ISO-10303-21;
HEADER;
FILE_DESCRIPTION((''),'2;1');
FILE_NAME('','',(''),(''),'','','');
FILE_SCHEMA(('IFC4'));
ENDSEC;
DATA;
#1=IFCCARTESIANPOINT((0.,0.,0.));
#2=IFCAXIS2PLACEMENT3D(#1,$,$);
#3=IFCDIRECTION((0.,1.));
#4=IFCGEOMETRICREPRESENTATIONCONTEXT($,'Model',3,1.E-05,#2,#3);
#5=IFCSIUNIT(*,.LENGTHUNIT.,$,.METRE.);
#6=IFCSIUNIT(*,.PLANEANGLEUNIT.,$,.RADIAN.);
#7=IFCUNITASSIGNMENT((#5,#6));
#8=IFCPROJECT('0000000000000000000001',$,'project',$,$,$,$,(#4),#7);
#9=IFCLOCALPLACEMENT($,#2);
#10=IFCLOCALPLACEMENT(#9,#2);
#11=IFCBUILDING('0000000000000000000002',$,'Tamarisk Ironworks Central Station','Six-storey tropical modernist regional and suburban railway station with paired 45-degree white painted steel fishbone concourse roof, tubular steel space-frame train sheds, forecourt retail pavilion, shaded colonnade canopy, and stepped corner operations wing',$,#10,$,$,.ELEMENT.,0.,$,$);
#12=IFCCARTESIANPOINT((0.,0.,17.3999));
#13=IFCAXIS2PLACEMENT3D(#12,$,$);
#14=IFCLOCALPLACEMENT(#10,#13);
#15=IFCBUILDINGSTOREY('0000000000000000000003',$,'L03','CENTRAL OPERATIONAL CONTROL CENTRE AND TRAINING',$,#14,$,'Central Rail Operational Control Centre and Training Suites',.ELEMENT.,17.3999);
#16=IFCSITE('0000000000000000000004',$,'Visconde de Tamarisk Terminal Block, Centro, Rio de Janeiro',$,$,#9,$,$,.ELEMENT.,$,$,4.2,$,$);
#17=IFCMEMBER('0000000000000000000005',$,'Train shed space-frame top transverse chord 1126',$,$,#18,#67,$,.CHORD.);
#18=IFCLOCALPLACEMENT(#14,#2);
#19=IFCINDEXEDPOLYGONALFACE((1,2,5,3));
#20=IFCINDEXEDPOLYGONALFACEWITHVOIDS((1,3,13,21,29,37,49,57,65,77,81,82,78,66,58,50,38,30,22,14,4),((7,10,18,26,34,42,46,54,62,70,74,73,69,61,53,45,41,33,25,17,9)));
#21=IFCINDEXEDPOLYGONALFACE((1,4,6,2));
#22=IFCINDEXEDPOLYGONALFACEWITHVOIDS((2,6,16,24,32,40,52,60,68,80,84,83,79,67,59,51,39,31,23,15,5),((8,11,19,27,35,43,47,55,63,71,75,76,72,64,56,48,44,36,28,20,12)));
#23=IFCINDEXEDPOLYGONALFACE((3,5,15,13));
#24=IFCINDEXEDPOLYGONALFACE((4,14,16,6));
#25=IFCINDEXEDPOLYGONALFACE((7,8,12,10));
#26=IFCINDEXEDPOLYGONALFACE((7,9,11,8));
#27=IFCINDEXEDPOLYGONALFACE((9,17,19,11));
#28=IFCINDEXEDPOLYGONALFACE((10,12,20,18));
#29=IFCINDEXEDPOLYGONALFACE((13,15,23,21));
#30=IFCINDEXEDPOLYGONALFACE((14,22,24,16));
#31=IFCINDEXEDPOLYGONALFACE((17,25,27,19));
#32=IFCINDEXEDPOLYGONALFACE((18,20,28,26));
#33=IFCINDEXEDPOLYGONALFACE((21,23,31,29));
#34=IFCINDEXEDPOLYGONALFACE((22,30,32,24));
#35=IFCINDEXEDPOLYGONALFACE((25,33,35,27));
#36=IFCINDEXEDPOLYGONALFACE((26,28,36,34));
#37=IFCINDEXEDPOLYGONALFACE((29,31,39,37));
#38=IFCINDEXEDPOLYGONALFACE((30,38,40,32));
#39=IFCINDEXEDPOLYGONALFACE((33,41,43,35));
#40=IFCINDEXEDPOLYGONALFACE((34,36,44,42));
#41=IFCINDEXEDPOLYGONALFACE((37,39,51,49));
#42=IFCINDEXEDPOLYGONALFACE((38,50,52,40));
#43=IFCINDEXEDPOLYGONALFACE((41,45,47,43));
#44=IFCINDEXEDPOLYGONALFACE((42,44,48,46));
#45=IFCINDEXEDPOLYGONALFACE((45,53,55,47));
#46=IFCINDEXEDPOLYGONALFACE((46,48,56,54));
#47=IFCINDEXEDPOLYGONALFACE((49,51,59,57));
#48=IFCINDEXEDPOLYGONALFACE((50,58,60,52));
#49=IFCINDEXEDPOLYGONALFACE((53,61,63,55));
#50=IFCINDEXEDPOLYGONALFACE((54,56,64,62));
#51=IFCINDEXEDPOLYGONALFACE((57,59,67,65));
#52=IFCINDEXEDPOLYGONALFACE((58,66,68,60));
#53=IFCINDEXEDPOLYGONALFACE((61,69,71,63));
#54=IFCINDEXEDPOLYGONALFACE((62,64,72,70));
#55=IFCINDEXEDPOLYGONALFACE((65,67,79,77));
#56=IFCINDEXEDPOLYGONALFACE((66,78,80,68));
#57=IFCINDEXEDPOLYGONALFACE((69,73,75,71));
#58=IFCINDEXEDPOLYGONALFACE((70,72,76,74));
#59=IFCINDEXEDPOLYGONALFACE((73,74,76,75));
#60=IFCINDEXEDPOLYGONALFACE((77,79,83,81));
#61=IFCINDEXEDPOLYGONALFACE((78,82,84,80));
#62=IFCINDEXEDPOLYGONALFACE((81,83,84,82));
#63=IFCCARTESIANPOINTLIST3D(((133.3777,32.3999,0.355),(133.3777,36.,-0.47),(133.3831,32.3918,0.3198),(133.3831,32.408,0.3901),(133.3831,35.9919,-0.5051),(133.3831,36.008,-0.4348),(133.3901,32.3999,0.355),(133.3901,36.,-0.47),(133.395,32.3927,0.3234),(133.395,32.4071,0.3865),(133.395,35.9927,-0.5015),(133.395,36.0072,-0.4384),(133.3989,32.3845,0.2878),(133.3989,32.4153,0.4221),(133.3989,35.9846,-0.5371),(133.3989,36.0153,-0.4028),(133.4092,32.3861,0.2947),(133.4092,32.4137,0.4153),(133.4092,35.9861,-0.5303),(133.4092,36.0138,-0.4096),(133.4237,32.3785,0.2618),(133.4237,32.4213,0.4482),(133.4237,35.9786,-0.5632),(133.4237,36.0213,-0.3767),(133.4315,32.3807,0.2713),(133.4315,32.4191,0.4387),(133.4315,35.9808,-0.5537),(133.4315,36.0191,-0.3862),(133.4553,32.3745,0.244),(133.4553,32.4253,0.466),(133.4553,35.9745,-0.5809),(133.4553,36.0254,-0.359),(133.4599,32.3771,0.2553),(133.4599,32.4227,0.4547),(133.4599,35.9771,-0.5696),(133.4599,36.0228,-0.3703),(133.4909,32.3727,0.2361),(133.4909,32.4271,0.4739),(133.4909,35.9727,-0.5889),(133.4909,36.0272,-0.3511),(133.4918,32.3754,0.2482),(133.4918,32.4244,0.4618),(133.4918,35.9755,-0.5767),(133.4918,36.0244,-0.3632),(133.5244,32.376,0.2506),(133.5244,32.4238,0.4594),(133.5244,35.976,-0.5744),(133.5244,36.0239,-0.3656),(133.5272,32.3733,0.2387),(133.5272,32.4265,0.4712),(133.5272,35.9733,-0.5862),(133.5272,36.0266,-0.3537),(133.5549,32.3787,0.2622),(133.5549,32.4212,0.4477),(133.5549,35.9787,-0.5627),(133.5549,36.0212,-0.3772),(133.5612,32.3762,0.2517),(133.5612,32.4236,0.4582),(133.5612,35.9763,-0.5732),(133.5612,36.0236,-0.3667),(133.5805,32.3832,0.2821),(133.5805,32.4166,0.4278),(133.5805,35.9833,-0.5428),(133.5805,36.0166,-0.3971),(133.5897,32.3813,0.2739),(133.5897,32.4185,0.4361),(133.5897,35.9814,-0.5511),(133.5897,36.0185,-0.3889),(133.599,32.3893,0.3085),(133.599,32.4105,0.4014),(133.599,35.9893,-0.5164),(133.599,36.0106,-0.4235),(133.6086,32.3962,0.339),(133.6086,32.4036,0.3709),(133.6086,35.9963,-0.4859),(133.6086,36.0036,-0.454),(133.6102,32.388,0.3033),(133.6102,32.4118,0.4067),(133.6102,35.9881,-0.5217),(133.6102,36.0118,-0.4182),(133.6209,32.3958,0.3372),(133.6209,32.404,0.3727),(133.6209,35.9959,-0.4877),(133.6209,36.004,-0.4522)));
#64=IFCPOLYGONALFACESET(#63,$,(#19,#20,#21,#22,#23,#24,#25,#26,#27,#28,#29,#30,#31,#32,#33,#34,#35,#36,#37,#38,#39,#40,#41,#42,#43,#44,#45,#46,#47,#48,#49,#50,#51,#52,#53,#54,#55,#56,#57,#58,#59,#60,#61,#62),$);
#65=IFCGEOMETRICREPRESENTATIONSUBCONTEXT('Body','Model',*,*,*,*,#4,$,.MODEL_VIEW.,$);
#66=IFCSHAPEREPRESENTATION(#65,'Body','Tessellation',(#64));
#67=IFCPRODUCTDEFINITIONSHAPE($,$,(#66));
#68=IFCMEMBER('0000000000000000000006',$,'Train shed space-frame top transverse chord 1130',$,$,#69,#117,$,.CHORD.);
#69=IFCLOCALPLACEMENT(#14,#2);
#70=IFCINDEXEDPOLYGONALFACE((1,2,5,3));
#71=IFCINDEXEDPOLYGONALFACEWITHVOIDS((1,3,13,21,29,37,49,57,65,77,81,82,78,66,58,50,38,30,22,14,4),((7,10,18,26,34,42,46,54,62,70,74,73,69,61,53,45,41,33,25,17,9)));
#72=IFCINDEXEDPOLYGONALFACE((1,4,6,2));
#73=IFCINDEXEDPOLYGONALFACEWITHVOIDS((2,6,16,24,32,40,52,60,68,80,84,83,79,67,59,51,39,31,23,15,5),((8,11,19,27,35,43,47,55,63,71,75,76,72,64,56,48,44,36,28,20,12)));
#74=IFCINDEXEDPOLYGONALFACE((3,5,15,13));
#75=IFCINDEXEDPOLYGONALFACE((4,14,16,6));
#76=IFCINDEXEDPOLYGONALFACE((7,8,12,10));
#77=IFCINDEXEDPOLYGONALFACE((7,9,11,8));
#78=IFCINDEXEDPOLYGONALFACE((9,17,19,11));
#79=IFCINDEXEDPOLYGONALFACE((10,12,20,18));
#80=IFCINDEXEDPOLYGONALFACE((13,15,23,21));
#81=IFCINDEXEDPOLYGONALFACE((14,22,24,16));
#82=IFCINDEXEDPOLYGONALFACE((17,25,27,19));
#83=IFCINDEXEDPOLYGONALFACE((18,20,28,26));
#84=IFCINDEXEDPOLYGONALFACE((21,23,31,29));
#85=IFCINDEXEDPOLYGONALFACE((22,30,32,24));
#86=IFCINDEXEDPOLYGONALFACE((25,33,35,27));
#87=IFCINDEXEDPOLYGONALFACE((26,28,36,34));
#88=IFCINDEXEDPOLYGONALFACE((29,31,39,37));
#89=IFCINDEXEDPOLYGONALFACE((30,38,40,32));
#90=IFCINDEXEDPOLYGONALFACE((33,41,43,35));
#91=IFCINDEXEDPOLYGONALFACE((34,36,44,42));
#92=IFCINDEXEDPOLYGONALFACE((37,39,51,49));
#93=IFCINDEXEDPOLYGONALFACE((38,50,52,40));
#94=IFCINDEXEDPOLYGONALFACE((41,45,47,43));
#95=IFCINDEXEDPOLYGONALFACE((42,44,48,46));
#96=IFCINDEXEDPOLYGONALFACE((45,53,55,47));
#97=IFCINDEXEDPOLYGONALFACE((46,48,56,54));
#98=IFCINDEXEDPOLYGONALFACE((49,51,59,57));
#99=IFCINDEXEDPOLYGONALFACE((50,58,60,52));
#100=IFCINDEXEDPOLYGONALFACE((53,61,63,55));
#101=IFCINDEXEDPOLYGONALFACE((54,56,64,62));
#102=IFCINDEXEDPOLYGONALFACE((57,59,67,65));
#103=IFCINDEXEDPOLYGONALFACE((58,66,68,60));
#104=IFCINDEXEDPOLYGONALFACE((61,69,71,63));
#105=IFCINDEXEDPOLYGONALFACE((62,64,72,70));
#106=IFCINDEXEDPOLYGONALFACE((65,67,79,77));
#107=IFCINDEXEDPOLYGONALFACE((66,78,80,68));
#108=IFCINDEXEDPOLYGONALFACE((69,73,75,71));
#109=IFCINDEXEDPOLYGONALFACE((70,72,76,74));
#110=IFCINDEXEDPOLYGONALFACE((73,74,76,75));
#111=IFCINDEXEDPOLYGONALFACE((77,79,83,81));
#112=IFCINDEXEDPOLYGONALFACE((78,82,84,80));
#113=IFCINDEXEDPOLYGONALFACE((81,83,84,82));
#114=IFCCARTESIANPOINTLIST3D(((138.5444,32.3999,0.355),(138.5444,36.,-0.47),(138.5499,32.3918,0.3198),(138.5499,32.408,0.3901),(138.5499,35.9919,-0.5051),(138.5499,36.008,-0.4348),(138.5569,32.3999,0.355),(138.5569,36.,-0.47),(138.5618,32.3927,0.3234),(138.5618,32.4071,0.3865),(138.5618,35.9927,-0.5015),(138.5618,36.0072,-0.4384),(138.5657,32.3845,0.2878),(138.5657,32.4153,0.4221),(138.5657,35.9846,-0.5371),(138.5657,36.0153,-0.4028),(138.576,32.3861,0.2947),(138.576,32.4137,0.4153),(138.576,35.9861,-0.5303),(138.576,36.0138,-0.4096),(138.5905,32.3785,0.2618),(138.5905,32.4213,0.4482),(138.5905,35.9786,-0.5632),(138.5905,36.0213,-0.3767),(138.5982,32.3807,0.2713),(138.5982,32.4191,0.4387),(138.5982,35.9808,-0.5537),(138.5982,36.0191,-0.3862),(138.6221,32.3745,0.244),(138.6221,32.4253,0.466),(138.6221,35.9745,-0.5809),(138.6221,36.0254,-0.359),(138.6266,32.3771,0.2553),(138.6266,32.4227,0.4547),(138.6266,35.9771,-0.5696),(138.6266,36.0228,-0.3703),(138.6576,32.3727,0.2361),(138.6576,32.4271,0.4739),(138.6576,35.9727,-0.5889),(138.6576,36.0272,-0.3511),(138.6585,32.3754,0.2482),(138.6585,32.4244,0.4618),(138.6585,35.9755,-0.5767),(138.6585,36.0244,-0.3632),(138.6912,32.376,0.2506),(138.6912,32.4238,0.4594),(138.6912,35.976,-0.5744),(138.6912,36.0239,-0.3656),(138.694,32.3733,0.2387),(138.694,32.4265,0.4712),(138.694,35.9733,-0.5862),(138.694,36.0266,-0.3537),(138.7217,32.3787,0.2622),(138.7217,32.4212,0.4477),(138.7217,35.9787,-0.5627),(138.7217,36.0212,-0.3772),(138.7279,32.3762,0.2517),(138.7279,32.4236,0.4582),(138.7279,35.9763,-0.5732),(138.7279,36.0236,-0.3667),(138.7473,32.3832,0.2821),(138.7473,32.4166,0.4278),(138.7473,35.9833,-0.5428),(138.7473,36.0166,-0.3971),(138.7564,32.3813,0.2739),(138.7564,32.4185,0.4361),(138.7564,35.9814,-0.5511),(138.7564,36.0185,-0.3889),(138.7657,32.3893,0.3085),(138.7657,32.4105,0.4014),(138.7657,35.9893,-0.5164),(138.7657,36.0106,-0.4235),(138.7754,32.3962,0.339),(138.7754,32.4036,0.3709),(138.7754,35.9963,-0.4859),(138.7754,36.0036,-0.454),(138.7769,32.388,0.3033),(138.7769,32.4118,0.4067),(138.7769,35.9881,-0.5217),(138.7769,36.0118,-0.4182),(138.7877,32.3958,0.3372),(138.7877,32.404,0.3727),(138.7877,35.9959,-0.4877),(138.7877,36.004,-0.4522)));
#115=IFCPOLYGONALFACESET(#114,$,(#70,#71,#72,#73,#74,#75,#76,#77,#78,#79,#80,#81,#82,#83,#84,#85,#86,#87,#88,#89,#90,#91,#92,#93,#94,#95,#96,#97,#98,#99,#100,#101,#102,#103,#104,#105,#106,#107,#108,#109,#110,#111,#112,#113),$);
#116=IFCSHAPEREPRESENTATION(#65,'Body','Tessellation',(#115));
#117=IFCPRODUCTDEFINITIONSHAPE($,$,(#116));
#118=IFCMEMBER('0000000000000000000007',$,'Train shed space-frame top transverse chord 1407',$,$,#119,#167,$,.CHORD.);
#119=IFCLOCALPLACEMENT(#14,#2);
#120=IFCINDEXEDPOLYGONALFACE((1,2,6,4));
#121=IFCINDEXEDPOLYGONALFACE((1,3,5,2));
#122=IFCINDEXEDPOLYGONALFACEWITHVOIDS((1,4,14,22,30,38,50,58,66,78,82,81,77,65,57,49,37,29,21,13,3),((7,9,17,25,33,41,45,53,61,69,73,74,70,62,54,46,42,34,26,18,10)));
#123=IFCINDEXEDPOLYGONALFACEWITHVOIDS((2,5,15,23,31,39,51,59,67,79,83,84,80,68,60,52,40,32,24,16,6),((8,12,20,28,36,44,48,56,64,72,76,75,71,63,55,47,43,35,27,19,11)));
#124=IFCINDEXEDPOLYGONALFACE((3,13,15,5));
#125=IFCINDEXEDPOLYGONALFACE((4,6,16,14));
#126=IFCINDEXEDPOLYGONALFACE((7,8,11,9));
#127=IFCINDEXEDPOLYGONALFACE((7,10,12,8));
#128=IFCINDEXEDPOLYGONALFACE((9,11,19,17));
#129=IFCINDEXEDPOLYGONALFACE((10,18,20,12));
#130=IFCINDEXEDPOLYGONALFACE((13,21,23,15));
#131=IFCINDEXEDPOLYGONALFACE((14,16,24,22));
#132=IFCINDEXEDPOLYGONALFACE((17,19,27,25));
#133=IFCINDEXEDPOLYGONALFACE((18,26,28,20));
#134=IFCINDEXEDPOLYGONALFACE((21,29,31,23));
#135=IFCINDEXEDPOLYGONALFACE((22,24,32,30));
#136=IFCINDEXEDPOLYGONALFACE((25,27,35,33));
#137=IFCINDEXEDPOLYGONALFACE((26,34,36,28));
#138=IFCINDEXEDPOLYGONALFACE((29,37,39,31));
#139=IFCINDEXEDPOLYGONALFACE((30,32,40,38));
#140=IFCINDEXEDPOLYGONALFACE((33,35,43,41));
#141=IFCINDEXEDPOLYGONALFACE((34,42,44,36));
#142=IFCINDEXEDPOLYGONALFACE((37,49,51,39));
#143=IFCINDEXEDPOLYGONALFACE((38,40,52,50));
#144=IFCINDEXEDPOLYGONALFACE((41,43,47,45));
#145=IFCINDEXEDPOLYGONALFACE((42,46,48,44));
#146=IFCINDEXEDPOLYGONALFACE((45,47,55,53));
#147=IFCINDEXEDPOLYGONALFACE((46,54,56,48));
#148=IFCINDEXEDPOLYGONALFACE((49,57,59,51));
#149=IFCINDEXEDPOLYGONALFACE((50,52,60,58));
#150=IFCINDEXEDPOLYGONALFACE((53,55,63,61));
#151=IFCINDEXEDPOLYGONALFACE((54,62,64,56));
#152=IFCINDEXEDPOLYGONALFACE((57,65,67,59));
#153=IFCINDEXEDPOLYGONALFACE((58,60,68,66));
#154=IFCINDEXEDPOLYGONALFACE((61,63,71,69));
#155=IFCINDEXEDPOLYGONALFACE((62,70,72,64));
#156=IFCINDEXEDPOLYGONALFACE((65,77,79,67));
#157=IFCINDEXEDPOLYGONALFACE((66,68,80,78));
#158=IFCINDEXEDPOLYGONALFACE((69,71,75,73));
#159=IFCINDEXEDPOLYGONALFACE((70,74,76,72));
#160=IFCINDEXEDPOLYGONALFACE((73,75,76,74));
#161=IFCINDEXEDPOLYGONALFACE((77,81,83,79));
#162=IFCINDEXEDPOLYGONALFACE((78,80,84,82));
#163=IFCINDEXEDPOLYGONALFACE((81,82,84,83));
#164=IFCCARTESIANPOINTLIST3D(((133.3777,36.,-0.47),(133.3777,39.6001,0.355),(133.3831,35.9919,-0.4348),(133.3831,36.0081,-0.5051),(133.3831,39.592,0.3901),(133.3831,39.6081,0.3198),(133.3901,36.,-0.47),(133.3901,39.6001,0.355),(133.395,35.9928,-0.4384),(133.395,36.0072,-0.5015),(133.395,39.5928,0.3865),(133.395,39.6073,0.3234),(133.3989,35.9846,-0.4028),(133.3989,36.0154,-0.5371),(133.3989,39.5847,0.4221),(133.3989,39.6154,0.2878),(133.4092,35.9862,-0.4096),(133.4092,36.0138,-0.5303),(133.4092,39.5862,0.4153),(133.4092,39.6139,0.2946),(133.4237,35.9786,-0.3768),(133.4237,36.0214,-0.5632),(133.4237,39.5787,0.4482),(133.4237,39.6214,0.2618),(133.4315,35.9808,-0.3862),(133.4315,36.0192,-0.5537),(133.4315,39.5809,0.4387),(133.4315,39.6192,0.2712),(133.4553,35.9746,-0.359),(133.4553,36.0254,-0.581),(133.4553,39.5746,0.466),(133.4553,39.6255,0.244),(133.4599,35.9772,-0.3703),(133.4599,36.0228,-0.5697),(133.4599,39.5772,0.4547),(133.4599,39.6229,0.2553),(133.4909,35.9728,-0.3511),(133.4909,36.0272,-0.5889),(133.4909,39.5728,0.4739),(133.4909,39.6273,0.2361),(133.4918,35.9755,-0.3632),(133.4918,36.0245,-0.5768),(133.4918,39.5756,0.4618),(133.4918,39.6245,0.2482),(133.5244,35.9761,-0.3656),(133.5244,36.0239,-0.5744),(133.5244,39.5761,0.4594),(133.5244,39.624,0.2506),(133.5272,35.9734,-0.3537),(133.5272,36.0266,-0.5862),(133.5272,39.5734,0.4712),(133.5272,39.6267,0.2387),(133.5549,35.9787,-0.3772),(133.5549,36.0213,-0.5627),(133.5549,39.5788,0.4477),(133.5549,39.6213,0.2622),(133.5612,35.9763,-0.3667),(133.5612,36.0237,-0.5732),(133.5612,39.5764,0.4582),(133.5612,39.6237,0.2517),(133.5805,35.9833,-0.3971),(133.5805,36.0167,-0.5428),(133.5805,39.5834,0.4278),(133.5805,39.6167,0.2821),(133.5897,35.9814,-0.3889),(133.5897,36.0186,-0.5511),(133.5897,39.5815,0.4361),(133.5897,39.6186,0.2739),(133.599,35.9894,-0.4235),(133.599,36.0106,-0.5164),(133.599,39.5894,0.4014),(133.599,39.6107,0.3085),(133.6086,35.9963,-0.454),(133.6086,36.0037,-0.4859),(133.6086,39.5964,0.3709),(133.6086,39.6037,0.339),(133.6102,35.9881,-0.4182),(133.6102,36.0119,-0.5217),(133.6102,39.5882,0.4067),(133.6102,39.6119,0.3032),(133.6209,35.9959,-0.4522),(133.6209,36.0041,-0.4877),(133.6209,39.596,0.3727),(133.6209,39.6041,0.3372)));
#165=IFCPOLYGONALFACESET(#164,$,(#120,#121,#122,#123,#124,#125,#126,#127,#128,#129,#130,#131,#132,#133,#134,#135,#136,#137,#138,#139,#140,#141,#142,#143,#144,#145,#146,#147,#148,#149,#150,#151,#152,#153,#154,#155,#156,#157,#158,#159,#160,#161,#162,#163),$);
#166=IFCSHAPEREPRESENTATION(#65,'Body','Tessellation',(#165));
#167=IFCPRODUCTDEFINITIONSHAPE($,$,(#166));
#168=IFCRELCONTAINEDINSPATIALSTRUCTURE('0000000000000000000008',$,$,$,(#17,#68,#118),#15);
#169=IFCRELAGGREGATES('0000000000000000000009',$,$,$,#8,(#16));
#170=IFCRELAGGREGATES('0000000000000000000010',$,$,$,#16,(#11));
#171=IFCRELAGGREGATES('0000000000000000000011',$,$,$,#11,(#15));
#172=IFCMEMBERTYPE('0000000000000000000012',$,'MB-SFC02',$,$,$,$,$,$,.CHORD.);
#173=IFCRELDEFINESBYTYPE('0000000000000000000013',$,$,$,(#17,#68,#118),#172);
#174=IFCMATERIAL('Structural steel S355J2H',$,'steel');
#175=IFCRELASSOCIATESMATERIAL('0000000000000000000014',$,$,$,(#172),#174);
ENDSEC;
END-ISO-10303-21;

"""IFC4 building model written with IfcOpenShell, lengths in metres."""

from ifc_helpers import new_model, si_unit, direction, frame, origin, origin_2d, place, context, subcontext, project, spatial, hollow_circle, extrude, material, material_profile, profile_set, type_object, element, save


model = new_model("IFC4")

# Units and contexts
model_context = context("Model", 3, precision=1e-05, world=origin(), true_north=direction((0.0, 1.0)))
body_context = subcontext(model_context, "Body", "Model", "MODEL_VIEW")
ifc_project = project(units=[si_unit("LENGTHUNIT", "METRE"), si_unit("PLANEANGLEUNIT", "RADIAN")], contexts=[model_context])

# Site, building, storey
site_placement = place(None, origin())
site = spatial("IfcSite", under=ifc_project, at=site_placement, Name="Visconde de Tamarisk Terminal Block, Centro, Rio de Janeiro", CompositionType="ELEMENT", RefElevation=4.2)
building_placement = place(site_placement, origin())
building = spatial("IfcBuilding", under=site, at=building_placement, Name="Tamarisk Ironworks Central Station", Description="Six-storey tropical modernist regional and suburban railway station with paired 45-degree white painted steel fishbone concourse roof, tubular steel space-frame train sheds, forecourt retail pavilion, shaded colonnade canopy, and stepped corner operations wing", CompositionType="ELEMENT", ElevationOfRefHeight=0.0)
storey_placement = place(building_placement, frame((0.0, 0.0, 17.3999)))
storey = spatial("IfcBuildingStorey", under=building, at=storey_placement, Name="L03", Description="CENTRAL OPERATIONAL CONTROL CENTRE AND TRAINING", LongName="Central Rail Operational Control Centre and Training Suites", CompositionType="ELEMENT", Elevation=17.3999)

# Members
ifc_material_1 = material(Name="Structural steel S355J2H", Category="steel")
ifc_material_profile_1 = material_profile(ifc_material_1, hollow_circle(Radius=0.1223, WallThickness=0.0125, at=origin_2d()), Name="CHS 244.5x12.5")
ifc_profile_set_1 = profile_set([ifc_material_profile_1], Name="Structural steel S355J2H")
member_type_1 = type_object("IfcMemberType", Name="MB-SFC02", PredefinedType="CHORD", material=ifc_profile_set_1)
for number, where, z_axis, x_axis, name in (
    (1, (133.5, 32.3999, 0.355), (0.0, 0.974737, -0.223358), (-1.0, 0.0, 0.0), "Train shed space-frame top transverse chord 1126"),
    (2, (138.6667, 32.3999, 0.355), (0.0, 0.974737, -0.223358), (-1.0, 0.0, 0.0), "Train shed space-frame top transverse chord 1130"),
    (3, (133.5, 36.0, -0.47), (0.0, 0.974737, 0.223358), (-1.0, 0.0, 0.0), "Train shed space-frame top transverse chord 1407"),
):
    element("IfcMember", number, at=place(storey_placement, frame(where, z_axis=z_axis, x_axis=x_axis)), inside=storey, type_object=member_type_1, Name=name, PredefinedType="CHORD", context=body_context, shape_type="SweptSolid", body=[
        extrude(hollow_circle(Radius=0.1223, WallThickness=0.0125, at=origin_2d()), origin(), (0.0, 0.0, 1.0), 3.6934),
    ])

save(model, "model.ifc")
